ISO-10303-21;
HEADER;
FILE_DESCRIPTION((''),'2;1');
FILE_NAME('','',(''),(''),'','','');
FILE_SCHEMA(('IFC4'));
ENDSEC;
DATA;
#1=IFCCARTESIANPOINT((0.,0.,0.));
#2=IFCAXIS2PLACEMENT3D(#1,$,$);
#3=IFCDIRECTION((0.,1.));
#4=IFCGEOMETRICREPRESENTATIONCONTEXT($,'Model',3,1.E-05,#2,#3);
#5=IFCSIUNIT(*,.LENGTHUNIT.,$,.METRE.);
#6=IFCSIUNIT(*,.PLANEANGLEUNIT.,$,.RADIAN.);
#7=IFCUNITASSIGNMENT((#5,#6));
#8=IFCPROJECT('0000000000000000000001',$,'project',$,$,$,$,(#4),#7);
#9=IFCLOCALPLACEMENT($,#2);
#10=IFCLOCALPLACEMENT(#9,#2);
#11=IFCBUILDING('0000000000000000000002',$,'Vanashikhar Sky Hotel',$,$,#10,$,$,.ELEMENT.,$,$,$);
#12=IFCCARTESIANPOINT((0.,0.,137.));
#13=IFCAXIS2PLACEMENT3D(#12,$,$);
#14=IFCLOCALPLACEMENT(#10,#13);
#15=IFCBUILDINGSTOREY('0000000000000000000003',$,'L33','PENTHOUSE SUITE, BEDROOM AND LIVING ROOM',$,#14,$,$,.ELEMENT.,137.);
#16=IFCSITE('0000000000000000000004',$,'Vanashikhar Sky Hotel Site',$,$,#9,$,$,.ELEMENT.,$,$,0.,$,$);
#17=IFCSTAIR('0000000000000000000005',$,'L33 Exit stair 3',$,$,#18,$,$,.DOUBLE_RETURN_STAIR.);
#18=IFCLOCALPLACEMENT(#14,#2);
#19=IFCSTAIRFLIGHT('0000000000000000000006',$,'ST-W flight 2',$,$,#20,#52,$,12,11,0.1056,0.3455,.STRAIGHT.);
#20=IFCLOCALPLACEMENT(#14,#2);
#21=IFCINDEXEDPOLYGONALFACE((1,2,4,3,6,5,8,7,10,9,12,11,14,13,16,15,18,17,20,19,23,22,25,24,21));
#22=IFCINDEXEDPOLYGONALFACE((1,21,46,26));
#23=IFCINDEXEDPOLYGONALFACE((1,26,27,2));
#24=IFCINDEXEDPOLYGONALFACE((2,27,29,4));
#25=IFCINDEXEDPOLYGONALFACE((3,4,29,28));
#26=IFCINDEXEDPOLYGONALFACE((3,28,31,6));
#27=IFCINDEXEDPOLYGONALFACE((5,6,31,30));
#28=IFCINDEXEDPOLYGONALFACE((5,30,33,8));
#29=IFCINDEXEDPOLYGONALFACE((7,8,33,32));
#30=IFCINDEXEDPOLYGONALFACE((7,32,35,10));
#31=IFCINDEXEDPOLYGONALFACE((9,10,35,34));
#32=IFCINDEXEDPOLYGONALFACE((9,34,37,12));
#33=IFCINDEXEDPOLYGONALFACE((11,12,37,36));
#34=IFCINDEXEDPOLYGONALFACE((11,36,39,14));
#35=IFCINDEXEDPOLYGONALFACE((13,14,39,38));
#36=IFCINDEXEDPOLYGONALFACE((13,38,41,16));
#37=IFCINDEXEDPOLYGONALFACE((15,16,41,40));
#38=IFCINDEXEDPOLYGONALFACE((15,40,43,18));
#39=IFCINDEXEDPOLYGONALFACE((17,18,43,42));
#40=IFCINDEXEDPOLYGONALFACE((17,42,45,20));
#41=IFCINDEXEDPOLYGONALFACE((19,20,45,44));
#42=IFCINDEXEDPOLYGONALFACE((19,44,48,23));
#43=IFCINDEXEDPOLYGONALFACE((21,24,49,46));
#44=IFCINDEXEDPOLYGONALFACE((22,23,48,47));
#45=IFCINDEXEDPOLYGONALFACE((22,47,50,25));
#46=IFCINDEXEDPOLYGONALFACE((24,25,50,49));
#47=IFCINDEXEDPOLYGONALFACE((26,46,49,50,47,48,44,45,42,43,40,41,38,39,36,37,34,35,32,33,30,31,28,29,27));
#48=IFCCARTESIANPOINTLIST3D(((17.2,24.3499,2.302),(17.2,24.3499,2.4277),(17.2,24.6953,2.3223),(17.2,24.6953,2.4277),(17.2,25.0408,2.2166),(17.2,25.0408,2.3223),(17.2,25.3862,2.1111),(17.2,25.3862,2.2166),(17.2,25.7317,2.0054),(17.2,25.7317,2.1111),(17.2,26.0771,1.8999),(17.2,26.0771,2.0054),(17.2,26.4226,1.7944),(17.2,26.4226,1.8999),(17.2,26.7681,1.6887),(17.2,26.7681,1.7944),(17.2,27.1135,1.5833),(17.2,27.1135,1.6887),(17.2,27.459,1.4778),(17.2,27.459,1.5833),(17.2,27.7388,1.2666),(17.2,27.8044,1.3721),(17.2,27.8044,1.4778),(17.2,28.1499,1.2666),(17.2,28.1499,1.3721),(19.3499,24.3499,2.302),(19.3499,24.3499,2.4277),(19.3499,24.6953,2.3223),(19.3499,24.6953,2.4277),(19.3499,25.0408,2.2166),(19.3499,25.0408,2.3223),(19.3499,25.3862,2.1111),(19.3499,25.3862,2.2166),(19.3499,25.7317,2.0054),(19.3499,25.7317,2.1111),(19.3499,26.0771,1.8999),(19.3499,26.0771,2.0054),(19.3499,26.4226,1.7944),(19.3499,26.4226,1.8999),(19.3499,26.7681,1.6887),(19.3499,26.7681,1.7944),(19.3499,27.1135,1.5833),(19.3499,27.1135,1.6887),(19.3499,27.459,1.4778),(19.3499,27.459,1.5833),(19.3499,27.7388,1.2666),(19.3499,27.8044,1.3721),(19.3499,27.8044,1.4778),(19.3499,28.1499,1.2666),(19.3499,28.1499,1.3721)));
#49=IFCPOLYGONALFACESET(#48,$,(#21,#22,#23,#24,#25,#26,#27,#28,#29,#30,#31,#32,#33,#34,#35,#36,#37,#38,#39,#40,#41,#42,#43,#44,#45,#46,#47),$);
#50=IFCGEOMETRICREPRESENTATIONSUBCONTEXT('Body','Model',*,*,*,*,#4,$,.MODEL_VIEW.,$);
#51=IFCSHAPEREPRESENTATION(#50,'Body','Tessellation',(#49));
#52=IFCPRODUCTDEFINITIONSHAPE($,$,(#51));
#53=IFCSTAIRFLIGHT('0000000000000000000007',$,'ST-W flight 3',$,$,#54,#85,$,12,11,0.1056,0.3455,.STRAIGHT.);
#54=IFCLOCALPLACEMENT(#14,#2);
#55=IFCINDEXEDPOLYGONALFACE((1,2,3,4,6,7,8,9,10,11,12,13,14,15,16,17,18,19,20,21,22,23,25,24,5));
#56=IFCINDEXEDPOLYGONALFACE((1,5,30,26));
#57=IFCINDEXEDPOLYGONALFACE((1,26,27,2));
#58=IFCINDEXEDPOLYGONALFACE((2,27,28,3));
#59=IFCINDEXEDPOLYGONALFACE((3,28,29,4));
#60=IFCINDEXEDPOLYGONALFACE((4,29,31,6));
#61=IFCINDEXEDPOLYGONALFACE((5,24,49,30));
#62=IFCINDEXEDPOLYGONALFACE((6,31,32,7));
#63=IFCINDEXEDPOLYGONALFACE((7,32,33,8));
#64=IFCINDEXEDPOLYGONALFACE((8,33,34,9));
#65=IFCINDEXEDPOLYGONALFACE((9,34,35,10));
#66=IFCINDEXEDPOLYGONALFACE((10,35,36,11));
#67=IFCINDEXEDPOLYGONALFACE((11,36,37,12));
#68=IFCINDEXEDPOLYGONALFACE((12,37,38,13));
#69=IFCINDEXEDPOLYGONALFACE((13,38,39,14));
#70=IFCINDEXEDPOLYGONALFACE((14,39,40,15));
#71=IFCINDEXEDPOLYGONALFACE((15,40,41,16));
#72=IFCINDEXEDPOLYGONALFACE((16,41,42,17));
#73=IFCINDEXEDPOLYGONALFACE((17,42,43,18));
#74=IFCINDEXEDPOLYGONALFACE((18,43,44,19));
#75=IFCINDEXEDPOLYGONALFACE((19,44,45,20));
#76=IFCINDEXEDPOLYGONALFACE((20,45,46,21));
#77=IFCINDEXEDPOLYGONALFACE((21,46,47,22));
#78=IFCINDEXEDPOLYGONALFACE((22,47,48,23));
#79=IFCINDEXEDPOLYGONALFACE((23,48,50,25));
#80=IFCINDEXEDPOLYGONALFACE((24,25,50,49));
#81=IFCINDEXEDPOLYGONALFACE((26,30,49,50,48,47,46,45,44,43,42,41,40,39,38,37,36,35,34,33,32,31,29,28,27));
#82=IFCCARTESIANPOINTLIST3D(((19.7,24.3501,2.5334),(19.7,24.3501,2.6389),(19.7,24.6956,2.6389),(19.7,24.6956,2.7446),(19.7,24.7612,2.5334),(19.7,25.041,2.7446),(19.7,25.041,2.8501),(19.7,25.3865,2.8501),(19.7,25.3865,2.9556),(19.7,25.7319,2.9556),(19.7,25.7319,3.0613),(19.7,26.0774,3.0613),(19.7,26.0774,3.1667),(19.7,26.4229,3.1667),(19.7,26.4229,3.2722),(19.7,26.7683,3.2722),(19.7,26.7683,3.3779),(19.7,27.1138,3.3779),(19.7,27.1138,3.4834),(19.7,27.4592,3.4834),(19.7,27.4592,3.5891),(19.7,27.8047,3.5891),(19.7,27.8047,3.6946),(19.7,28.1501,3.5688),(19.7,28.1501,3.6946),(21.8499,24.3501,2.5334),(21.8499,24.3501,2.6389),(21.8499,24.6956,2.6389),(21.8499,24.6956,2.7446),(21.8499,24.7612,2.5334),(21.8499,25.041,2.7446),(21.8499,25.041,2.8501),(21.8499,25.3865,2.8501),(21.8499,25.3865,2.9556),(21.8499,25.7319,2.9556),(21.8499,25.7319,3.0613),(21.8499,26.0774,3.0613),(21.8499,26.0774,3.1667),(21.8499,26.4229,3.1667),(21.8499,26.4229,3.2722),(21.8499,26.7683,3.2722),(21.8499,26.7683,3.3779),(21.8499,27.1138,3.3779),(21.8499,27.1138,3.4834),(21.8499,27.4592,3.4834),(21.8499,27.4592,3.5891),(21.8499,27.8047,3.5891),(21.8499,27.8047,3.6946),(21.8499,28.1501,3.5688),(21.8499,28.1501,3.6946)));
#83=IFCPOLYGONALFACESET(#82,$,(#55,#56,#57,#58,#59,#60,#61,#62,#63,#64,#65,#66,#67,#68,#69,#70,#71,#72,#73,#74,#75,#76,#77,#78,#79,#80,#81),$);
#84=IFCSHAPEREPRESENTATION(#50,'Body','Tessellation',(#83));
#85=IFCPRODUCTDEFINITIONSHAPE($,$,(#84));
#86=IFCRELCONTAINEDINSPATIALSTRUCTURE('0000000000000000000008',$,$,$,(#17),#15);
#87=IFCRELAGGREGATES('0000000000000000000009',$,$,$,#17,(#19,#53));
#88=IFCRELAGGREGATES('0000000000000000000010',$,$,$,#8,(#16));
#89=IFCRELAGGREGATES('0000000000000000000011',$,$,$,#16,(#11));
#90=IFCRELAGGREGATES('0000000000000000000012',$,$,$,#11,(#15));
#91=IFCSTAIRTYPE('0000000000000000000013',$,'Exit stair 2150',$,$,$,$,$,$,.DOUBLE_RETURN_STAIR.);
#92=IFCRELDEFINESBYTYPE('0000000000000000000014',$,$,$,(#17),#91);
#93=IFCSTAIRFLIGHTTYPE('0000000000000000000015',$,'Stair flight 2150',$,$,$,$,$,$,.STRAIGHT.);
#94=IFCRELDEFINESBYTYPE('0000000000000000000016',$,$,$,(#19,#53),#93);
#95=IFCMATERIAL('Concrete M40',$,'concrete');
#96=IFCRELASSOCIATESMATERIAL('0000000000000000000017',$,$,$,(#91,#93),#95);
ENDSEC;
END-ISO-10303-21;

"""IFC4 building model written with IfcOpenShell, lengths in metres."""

from ifc_helpers import new_model, si_unit, direction, frame, origin, place, context, subcontext, project, spatial, polyline, outline, extrude, source, transform, mapped, material, type_object, element, aggregate, save


model = new_model("IFC4")

# Units and contexts
model_context = context("Model", 3, precision=1e-05, world=origin(), true_north=direction((0.0, 1.0)))
body_context = subcontext(model_context, "Body", "Model", "MODEL_VIEW")
ifc_project = project(units=[si_unit("LENGTHUNIT", "METRE"), si_unit("PLANEANGLEUNIT", "RADIAN")], contexts=[model_context])

# Site, building, storey
site_placement = place(None, origin())
site = spatial("IfcSite", under=ifc_project, at=site_placement, Name="Vanashikhar Sky Hotel Site", CompositionType="ELEMENT", RefElevation=0.0)
building_placement = place(site_placement, origin())
building = spatial("IfcBuilding", under=site, at=building_placement, Name="Vanashikhar Sky Hotel", CompositionType="ELEMENT")
storey_placement = place(building_placement, frame((0.0, 0.0, 137.0)))
storey = spatial("IfcBuildingStorey", under=building, at=storey_placement, Name="L33", Description="PENTHOUSE SUITE, BEDROOM AND LIVING ROOM", CompositionType="ELEMENT", Elevation=137.0)

# Stair, stair flights
ifc_material_1 = material(Name="Concrete M40", Category="concrete")
stair_type = type_object("IfcStairType", Name="Exit stair 2150", PredefinedType="DOUBLE_RETURN_STAIR", material=ifc_material_1)
stair_placement = place(storey_placement, origin())
stair = element("IfcStair", 1, at=stair_placement, inside=storey, type_object=stair_type, Name="L33 Exit stair 3", PredefinedType="DOUBLE_RETURN_STAIR")
stair_flight_type = type_object("IfcStairFlightType", Name="Stair flight 2150", PredefinedType="STRAIGHT", material=ifc_material_1)
shared_shape_1 = source(origin(), body_context, "Body", "SweptSolid", [
    extrude(outline(polyline([(0.0, 0.0), (0.0, 0.1055), (0.3455, 0.1055), (0.3455, 0.2112), (0.6909, 0.2112), (0.6909, 0.3167), (1.0364, 0.3167), (1.0364, 0.4221), (1.3818, 0.4221), (1.3818, 0.5278), (1.7273, 0.5278), (1.7273, 0.6333), (2.0728, 0.6333), (2.0728, 0.7388), (2.4182, 0.7388), (2.4182, 0.8445), (2.7637, 0.8445), (2.7637, 0.95), (3.1091, 0.95), (3.1091, 1.0557), (3.4546, 1.0557), (3.4546, 1.1611), (3.8, 1.1611), (3.8, 1.2666), (3.8, 1.0354), (0.4111, 0.0), (0.0, 0.0)])), frame((0.0, 1.075, 0.0), z_axis=(0.0, -1.0, 0.0), x_axis=(1.0, 0.0, 0.0)), (0.0, 0.0, 1.0), 2.1499),
])
stair_flight_1_placement = place(storey_placement, frame((18.2749, 28.1499, 1.2666), z_axis=(0.0, 0.0, 1.0), x_axis=(0.0, -1.0, 0.0)))
stair_flight_1 = element("IfcStairFlight", 2, at=stair_flight_1_placement, type_object=stair_flight_type, Name="ST-W flight 2", NumberOfRisers=12, NumberOfTreads=11, PredefinedType="STRAIGHT", RiserHeight=0.1056, TreadLength=0.3455, context=body_context, shape_type="MappedRepresentation", body=[
    mapped(shared_shape_1, transform((0.0, 0.0, 0.0), scale=1.0)),
])
stair_flight_2_placement = place(storey_placement, frame((20.7749, 24.3501, 2.5334), z_axis=(0.0, 0.0, 1.0), x_axis=(0.0, 1.0, 0.0)))
stair_flight_2 = element("IfcStairFlight", 3, at=stair_flight_2_placement, type_object=stair_flight_type, Name="ST-W flight 3", NumberOfRisers=12, NumberOfTreads=11, PredefinedType="STRAIGHT", RiserHeight=0.1056, TreadLength=0.3455, context=body_context, shape_type="MappedRepresentation", body=[
    mapped(shared_shape_1, transform((0.0, 0.0, 0.0), scale=1.0)),
])
aggregate(stair, [stair_flight_1, stair_flight_2])

save(model, "model.ifc")
